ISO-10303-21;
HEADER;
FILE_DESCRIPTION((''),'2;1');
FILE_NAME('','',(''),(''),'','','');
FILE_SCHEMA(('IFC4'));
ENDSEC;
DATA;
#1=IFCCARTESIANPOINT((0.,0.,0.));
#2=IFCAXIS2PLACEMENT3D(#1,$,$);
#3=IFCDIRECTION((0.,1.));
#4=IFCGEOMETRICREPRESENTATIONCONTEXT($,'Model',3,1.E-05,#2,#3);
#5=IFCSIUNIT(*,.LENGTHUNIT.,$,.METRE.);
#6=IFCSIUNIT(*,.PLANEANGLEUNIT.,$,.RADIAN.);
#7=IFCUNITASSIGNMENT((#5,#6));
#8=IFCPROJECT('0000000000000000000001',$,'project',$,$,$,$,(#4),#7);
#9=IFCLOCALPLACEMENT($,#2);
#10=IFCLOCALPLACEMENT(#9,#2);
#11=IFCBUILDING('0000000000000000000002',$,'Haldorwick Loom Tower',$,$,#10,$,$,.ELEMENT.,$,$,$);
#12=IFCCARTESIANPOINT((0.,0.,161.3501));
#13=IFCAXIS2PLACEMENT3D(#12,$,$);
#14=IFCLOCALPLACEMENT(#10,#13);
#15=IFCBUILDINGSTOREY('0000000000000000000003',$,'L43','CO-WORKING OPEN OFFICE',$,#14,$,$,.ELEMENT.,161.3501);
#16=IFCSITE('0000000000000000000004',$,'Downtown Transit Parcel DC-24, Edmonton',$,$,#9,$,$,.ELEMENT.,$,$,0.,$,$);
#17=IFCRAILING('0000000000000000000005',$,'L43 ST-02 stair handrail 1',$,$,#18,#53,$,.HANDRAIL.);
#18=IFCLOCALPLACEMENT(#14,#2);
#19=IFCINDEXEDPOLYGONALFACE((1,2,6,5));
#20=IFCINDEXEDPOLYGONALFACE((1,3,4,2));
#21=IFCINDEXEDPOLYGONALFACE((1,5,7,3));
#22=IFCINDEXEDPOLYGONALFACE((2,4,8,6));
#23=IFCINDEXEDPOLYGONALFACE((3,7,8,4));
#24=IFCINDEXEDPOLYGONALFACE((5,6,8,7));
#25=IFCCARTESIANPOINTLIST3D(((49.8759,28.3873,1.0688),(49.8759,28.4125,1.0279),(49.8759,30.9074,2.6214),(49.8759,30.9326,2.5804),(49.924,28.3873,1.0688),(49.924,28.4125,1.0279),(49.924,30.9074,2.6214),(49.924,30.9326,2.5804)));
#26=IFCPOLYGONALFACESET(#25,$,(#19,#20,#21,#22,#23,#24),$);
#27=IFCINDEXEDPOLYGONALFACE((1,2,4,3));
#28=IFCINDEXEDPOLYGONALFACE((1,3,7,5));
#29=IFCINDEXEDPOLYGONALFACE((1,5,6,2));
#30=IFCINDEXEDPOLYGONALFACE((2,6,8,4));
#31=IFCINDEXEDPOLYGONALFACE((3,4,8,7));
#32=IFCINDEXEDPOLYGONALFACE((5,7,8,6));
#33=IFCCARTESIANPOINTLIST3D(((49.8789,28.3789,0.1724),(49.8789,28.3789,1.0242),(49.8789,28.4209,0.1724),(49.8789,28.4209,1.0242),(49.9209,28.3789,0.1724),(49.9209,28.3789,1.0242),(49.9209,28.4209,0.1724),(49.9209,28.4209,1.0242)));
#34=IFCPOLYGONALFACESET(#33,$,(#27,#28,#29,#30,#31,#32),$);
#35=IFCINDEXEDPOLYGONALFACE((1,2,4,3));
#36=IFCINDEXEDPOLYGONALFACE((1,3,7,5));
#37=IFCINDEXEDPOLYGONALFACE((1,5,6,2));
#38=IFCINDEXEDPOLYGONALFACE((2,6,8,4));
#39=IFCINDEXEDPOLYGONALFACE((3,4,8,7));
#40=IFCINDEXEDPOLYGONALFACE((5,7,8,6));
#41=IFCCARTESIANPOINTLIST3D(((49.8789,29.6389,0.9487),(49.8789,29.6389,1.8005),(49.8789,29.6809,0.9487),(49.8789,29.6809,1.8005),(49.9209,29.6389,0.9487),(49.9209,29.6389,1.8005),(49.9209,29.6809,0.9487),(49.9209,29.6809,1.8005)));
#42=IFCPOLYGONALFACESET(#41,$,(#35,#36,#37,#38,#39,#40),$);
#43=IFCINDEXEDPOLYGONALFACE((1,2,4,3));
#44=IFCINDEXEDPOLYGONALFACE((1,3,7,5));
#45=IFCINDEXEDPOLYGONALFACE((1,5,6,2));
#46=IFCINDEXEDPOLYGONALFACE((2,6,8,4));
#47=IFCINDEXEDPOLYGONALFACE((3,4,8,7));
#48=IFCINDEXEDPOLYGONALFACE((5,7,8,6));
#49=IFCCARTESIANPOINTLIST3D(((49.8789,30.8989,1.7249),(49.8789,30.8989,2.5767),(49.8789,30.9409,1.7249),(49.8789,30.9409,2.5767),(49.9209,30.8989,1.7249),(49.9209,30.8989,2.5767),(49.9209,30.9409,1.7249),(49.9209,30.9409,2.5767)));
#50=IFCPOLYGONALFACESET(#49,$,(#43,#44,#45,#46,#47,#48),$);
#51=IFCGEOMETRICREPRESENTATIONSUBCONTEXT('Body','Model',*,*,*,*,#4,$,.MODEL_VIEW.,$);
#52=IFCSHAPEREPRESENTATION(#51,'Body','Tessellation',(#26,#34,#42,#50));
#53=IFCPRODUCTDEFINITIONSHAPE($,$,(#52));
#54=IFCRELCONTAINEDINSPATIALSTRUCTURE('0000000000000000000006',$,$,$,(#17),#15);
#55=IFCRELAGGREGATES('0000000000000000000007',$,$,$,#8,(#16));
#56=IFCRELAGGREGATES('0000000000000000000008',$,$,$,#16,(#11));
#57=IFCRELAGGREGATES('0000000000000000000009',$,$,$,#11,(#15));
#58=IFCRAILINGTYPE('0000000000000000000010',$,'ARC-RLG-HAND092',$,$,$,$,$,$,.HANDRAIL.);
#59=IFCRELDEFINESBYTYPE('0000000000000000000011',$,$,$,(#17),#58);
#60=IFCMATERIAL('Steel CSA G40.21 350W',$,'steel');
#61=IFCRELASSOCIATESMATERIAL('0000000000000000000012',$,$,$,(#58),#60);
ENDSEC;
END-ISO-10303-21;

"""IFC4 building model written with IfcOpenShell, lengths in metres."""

from ifc_helpers import new_model, si_unit, direction, frame, origin, origin_2d, place, context, subcontext, project, spatial, rectangle, extrude, material, type_object, element, save


model = new_model("IFC4")

# Units and contexts
model_context = context("Model", 3, precision=1e-05, world=origin(), true_north=direction((0.0, 1.0)))
body_context = subcontext(model_context, "Body", "Model", "MODEL_VIEW")
ifc_project = project(units=[si_unit("LENGTHUNIT", "METRE"), si_unit("PLANEANGLEUNIT", "RADIAN")], contexts=[model_context])

# Site, building, storey
site_placement = place(None, origin())
site = spatial("IfcSite", under=ifc_project, at=site_placement, Name="Downtown Transit Parcel DC-24, Edmonton", CompositionType="ELEMENT", RefElevation=0.0)
building_placement = place(site_placement, origin())
building = spatial("IfcBuilding", under=site, at=building_placement, Name="Haldorwick Loom Tower", CompositionType="ELEMENT")
storey_placement = place(building_placement, frame((0.0, 0.0, 161.3501)))
storey = spatial("IfcBuildingStorey", under=building, at=storey_placement, Name="L43", Description="CO-WORKING OPEN OFFICE", CompositionType="ELEMENT", Elevation=161.3501)

# Shared definitions
ifc_material_1 = material(Name="Steel CSA G40.21 350W", Category="steel")

# Railing
railing_type_1 = type_object("IfcRailingType", Name="ARC-RLG-HAND092", PredefinedType="HANDRAIL", material=ifc_material_1)
railing_1_placement = place(storey_placement, frame((49.8999, 28.3999, 0.1724)))
element("IfcRailing", 1, at=railing_1_placement, inside=storey, type_object=railing_type_1, Name="L43 ST-02 stair handrail 1", PredefinedType="HANDRAIL", context=body_context, shape_type="SweptSolid", body=[
    extrude(rectangle(XDim=0.0481, YDim=0.0481, at=origin_2d()), frame((0.0, 0.0, 0.876), z_axis=(0.0, 0.8514, 0.524516), x_axis=(-1.0, 0.0, 0.0)), (0.0, 0.0, 1.0), 2.96),
    extrude(rectangle(XDim=0.042, YDim=0.042, at=origin_2d()), origin(), (0.0, 0.0, 1.0), 0.8518),
    extrude(rectangle(XDim=0.042, YDim=0.042, at=origin_2d()), frame((0.0, 1.26, 0.7764)), (0.0, 0.0, 1.0), 0.8518),
    extrude(rectangle(XDim=0.042, YDim=0.042, at=origin_2d()), frame((0.0, 2.52, 1.5525)), (0.0, 0.0, 1.0), 0.8518),
])

save(model, "model.ifc")
